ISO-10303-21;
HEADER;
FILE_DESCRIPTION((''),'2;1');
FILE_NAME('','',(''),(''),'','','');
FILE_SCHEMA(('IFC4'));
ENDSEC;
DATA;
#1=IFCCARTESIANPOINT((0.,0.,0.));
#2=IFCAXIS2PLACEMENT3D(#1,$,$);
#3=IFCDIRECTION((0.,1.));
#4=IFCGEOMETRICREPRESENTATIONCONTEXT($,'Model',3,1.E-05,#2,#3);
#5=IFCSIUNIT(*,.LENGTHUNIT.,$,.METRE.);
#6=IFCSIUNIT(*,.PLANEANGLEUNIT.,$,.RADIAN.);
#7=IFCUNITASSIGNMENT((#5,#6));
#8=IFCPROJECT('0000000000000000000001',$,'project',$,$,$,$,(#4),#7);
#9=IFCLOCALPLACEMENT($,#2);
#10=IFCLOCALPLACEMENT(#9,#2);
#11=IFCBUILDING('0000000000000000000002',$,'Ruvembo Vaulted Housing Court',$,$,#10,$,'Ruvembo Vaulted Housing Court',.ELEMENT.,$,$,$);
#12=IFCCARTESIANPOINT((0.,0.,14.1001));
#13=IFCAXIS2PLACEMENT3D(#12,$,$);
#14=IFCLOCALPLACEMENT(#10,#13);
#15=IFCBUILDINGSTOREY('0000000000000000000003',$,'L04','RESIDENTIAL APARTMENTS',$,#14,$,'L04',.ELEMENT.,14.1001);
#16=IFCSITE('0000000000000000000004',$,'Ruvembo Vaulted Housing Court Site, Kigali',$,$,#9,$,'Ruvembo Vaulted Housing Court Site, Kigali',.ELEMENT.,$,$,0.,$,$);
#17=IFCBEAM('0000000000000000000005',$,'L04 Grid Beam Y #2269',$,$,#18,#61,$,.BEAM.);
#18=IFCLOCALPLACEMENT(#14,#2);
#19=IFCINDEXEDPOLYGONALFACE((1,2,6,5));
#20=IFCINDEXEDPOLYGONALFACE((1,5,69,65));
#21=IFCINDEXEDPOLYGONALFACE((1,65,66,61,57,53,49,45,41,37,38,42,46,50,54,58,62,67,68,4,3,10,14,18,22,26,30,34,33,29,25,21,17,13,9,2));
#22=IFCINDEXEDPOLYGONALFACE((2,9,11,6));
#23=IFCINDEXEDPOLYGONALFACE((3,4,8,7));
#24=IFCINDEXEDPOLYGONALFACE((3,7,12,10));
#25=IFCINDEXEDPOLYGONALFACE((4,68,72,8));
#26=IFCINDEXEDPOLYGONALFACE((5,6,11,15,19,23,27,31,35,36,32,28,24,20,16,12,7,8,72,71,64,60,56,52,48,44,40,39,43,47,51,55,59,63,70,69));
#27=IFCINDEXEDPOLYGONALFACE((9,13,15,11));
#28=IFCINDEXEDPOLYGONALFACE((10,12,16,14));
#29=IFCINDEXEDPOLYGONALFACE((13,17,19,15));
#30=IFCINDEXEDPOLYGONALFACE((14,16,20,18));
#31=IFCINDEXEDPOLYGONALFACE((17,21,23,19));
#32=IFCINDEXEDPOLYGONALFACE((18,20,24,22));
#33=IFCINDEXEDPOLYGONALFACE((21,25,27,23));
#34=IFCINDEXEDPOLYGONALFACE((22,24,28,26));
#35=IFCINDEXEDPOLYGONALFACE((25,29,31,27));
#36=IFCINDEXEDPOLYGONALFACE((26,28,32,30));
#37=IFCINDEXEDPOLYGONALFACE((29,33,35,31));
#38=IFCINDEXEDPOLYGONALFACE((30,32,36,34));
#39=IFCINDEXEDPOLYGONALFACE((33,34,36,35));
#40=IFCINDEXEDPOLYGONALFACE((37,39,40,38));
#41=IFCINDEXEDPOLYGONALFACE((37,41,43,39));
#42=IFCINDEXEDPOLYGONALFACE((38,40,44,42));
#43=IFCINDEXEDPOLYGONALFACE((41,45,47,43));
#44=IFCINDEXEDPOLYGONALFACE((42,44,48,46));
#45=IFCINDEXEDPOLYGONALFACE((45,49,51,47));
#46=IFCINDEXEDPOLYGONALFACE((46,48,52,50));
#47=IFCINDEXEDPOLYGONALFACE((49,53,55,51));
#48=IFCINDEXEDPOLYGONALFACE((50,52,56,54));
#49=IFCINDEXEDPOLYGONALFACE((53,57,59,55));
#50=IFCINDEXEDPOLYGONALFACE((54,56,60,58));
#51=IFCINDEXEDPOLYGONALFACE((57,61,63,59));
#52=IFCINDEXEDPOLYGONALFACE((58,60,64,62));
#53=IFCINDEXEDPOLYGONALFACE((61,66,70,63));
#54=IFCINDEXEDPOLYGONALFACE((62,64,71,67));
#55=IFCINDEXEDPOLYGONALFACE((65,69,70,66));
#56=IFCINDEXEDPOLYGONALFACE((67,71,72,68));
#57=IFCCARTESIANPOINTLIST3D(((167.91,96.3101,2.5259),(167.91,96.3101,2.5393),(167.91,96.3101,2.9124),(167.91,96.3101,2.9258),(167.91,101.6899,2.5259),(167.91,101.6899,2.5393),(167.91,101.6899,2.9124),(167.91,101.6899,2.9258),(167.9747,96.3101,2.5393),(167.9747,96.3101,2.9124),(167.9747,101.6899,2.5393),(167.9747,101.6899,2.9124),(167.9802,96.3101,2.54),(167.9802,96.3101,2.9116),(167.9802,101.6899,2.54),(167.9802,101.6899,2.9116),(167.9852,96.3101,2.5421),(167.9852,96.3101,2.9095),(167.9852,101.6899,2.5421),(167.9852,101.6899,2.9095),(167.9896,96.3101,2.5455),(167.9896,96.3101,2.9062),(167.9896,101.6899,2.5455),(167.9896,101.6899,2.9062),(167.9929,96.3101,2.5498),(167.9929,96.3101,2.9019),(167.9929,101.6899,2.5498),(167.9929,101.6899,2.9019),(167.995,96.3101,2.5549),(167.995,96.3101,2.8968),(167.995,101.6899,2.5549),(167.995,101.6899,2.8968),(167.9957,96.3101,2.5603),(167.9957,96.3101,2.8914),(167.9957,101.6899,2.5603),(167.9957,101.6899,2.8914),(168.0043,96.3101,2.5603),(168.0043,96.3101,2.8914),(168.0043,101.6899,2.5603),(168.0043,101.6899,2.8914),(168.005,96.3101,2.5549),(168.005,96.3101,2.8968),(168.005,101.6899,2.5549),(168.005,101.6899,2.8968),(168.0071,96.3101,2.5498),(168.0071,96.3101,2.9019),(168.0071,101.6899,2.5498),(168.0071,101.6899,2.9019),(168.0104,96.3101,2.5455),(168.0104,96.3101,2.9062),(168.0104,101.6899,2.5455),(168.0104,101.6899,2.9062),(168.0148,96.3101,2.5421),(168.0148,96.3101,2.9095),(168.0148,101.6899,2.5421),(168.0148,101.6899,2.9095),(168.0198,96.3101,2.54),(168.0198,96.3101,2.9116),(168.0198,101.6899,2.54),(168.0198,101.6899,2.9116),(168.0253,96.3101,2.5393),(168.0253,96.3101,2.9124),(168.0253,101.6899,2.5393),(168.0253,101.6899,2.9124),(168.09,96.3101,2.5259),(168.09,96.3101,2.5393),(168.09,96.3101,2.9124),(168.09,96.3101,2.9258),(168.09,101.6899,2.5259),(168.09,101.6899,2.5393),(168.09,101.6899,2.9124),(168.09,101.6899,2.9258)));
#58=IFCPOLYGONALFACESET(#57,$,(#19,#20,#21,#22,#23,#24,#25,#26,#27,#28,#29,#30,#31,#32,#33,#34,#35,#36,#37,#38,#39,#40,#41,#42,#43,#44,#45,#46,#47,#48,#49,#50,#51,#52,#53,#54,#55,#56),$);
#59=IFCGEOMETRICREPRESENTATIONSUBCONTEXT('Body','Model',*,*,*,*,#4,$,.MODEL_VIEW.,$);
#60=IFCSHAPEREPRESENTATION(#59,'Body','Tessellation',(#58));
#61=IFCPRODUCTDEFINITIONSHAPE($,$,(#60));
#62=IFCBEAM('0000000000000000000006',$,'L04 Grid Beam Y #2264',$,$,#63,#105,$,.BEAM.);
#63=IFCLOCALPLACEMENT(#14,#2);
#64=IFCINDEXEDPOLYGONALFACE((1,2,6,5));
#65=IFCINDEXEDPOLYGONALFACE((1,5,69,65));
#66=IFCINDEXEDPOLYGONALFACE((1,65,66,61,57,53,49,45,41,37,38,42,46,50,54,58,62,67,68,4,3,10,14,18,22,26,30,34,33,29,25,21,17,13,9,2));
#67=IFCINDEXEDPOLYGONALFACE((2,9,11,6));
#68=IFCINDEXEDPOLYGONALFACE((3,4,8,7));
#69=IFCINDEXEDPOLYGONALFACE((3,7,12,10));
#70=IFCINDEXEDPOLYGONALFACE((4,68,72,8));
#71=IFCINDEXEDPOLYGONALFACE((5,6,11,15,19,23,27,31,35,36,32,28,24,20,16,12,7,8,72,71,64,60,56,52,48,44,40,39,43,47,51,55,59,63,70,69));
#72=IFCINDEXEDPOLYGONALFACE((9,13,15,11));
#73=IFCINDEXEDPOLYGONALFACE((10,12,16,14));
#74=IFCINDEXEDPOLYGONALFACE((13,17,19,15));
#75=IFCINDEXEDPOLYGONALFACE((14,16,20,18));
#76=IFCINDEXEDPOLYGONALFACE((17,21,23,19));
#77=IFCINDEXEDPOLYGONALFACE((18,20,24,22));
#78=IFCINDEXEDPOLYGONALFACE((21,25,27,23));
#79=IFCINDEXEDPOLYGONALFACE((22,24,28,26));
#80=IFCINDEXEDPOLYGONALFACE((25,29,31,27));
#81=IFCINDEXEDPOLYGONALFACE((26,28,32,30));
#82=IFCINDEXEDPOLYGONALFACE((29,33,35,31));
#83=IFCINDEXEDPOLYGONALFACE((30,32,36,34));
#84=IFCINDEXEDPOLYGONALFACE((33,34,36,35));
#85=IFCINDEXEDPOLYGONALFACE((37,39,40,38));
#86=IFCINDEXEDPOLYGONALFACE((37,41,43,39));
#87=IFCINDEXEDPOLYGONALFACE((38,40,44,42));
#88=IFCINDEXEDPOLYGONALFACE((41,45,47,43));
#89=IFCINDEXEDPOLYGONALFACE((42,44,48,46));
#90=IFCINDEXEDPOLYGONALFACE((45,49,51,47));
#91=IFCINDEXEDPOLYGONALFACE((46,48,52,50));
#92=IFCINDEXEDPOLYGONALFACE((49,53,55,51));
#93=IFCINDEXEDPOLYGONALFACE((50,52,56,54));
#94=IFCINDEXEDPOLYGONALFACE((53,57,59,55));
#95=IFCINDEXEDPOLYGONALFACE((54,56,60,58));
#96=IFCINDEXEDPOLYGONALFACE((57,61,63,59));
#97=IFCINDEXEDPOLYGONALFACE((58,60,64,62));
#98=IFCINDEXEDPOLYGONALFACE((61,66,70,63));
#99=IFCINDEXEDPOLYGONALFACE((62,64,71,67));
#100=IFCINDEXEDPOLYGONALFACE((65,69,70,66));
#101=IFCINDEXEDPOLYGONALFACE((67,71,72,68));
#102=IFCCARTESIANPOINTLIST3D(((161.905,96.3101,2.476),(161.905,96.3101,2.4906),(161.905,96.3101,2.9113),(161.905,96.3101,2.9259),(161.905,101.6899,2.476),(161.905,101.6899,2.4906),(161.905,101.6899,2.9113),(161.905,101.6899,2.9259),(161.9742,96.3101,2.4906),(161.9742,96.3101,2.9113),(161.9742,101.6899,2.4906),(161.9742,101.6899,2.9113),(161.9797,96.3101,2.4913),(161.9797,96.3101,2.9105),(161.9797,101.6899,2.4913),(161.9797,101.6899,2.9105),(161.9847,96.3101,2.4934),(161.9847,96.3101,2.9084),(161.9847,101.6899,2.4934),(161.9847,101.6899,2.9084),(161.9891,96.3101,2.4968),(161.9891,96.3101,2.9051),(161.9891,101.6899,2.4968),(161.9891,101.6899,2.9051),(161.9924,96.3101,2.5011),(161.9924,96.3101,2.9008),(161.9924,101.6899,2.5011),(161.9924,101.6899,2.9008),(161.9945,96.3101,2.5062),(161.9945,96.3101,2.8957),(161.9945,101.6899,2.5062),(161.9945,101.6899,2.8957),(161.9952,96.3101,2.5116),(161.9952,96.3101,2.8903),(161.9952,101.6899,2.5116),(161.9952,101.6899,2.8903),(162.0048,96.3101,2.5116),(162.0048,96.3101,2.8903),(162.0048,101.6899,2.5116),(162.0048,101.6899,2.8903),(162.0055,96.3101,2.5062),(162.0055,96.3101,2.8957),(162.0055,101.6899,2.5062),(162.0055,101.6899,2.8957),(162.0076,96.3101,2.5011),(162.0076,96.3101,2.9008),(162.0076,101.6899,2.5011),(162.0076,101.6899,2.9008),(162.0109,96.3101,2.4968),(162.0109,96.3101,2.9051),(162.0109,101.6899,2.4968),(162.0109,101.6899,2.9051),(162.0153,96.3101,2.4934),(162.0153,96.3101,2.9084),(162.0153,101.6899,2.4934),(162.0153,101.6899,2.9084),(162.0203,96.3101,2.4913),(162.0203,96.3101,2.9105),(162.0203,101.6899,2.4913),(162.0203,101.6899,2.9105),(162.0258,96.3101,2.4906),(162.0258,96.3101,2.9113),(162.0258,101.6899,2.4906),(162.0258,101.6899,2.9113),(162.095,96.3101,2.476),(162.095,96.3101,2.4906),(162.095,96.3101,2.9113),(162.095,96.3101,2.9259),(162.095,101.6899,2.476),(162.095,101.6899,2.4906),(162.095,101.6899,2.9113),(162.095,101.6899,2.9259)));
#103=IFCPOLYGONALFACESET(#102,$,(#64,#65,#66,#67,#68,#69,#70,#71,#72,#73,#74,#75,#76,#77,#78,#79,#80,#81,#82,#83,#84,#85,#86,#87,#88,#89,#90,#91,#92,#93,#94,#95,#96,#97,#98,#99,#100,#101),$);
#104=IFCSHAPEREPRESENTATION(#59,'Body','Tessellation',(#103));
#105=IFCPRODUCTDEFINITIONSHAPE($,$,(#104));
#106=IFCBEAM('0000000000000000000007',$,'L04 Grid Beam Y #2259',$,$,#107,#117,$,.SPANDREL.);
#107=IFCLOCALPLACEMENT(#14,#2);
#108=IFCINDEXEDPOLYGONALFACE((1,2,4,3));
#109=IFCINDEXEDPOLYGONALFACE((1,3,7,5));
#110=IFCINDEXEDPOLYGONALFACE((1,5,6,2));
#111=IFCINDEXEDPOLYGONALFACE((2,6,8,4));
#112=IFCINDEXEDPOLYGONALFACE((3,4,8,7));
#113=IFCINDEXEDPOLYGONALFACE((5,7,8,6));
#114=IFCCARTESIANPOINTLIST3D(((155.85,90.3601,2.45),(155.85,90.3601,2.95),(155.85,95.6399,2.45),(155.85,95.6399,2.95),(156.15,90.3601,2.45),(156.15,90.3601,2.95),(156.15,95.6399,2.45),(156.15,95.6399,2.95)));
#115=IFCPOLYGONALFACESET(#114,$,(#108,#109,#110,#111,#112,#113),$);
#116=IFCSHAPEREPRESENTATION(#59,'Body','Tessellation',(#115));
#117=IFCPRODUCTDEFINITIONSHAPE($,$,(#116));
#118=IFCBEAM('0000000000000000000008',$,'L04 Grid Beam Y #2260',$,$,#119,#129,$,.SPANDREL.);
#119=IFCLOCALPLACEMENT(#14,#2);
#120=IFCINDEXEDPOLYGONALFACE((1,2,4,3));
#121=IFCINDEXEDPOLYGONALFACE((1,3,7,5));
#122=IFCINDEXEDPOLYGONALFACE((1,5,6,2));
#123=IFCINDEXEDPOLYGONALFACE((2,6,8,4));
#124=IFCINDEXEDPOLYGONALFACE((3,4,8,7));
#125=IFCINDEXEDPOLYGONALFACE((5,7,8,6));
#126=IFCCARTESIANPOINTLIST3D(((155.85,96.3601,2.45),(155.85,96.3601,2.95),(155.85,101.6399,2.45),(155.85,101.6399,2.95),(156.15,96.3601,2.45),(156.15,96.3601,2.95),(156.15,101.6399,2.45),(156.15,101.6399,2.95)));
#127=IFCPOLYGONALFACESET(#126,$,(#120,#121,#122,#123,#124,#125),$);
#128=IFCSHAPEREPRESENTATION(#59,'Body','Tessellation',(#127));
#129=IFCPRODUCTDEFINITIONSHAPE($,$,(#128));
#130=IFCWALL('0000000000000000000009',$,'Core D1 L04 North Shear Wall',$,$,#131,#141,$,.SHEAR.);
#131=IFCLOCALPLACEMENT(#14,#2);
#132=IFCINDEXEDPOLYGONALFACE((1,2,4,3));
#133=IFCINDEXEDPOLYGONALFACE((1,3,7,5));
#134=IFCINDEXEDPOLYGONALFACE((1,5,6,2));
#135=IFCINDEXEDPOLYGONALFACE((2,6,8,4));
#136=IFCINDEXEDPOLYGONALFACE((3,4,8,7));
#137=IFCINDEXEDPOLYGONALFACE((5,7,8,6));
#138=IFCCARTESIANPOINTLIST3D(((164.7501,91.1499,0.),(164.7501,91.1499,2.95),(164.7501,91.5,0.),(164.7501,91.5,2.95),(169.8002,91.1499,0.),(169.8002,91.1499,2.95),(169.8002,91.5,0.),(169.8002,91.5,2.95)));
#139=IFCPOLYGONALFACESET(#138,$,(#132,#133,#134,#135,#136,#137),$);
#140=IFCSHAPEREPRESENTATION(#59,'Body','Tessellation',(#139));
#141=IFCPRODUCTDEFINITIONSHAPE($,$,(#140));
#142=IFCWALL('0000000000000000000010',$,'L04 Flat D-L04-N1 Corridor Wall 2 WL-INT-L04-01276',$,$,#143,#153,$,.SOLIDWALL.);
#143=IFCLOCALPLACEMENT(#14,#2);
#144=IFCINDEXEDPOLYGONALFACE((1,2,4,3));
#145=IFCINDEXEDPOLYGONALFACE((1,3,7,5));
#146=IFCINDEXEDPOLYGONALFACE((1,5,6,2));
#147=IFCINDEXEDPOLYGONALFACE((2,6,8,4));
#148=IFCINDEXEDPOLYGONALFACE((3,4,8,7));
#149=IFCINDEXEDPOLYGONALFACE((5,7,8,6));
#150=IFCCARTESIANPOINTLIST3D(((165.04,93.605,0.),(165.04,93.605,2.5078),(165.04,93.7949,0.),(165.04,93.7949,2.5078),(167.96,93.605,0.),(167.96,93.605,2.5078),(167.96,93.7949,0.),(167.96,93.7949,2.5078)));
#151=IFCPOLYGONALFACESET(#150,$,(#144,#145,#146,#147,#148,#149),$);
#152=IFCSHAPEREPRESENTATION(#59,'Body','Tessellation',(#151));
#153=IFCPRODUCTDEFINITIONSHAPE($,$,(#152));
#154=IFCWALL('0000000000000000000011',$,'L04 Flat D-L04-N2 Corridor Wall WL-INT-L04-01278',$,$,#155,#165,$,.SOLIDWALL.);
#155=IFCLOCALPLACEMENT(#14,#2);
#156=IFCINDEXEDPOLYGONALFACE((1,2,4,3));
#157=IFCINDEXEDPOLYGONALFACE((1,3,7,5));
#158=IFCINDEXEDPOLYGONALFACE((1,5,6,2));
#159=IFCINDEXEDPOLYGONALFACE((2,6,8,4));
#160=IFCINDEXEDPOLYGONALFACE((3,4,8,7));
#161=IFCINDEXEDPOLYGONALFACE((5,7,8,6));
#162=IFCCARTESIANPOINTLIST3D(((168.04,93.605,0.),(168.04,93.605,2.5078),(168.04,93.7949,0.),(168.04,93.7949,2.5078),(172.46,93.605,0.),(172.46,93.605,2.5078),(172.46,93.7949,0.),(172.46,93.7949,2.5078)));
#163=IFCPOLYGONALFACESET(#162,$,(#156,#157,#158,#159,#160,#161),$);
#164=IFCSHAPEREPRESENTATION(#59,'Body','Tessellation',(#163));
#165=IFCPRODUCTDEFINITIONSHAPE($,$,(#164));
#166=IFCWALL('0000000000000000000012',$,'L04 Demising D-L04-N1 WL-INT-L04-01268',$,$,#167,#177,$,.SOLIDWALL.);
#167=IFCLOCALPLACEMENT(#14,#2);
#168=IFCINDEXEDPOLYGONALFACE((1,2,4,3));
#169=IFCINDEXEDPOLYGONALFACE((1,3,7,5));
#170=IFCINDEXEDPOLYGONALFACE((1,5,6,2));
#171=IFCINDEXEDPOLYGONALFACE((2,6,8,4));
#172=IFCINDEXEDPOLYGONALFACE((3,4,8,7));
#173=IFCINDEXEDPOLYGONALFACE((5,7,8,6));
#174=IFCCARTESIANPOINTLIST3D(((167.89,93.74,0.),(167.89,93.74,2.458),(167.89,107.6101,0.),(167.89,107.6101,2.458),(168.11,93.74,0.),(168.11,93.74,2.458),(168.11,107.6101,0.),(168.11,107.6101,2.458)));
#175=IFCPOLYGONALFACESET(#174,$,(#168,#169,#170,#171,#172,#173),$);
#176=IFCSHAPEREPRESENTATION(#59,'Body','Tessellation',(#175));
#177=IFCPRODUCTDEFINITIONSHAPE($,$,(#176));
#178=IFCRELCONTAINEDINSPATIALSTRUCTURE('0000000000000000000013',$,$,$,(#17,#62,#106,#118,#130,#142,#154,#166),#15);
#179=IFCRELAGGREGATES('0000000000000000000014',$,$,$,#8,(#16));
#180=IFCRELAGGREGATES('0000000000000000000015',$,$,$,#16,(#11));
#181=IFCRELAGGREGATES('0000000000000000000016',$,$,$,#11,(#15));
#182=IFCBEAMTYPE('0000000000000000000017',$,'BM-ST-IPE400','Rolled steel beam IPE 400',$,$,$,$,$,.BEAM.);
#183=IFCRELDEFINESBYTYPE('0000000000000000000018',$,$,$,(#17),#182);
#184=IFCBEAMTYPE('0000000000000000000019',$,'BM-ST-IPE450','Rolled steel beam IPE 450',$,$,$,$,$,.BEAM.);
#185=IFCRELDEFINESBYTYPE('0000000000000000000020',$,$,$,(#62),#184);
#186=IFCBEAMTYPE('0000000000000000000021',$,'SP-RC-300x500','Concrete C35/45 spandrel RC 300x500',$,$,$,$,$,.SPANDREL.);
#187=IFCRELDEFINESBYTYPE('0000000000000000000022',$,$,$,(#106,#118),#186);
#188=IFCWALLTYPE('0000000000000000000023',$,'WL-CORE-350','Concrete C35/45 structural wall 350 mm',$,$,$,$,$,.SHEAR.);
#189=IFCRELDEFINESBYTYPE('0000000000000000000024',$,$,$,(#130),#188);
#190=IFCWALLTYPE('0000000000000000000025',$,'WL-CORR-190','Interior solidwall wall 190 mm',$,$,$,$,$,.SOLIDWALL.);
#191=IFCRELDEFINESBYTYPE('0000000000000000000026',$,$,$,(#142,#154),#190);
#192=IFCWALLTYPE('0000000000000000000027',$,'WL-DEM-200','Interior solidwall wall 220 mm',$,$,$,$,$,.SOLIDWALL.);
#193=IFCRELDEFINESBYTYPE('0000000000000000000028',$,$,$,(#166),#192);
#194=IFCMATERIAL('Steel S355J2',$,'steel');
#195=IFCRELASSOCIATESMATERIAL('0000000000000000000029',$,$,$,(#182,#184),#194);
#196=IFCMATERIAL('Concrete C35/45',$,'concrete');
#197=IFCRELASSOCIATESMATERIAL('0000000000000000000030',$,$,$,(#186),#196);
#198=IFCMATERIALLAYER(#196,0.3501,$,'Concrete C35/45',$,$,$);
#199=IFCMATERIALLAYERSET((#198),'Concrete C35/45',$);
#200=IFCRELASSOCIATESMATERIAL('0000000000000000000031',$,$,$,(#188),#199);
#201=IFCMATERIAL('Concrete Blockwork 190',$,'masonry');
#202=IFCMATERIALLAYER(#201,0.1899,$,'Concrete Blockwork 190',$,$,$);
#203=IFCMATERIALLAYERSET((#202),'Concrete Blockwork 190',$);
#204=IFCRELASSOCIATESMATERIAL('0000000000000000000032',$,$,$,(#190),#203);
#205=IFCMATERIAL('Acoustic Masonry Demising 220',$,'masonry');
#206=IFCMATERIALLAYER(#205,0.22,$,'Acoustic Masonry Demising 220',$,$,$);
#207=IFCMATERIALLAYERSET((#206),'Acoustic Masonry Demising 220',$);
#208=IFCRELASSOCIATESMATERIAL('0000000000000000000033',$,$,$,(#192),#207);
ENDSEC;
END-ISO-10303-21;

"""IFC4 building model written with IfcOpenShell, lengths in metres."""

from ifc_helpers import new_model, si_unit, direction, frame, frame_2d, origin, origin_2d, place, context, subcontext, project, spatial, rectangle, i_section, extrude, material, layer, layer_set, material_profile, profile_set, type_object, element, save


model = new_model("IFC4")

# Units and contexts
model_context = context("Model", 3, precision=1e-05, world=origin(), true_north=direction((0.0, 1.0)))
body_context = subcontext(model_context, "Body", "Model", "MODEL_VIEW")
ifc_project = project(units=[si_unit("LENGTHUNIT", "METRE"), si_unit("PLANEANGLEUNIT", "RADIAN")], contexts=[model_context])

# Site, building, storey
site_placement = place(None, origin())
site = spatial("IfcSite", under=ifc_project, at=site_placement, Name="Ruvembo Vaulted Housing Court Site, Kigali", LongName="Ruvembo Vaulted Housing Court Site, Kigali", CompositionType="ELEMENT", RefElevation=0.0)
building_placement = place(site_placement, origin())
building = spatial("IfcBuilding", under=site, at=building_placement, Name="Ruvembo Vaulted Housing Court", LongName="Ruvembo Vaulted Housing Court", CompositionType="ELEMENT")
storey_placement = place(building_placement, frame((0.0, 0.0, 14.1001)))
storey = spatial("IfcBuildingStorey", under=building, at=storey_placement, Name="L04", Description="RESIDENTIAL APARTMENTS", LongName="L04", CompositionType="ELEMENT", Elevation=14.1001)

# Beams
ifc_material_1 = material(Name="Steel S355J2", Category="steel")
ifc_material_profile_1 = material_profile(ifc_material_1, i_section(OverallWidth=0.1799, OverallDepth=0.3999, WebThickness=0.0085, FlangeThickness=0.0134, FilletRadius=0.021, at=origin_2d()), Name="IPE 400")
ifc_profile_set_1 = profile_set([ifc_material_profile_1], Name="Steel S355J2")
beam_type_1 = type_object("IfcBeamType", Name="BM-ST-IPE400", Description="Rolled steel beam IPE 400", PredefinedType="BEAM", material=ifc_profile_set_1)
beam_1_placement = place(storey_placement, frame((168.0, 96.3101, 2.7258), z_axis=(0.0, 1.0, 0.0), x_axis=(-1.0, 0.0, 0.0)))
element("IfcBeam", 1, at=beam_1_placement, inside=storey, type_object=beam_type_1, Name="L04 Grid Beam Y #2269", PredefinedType="BEAM", context=body_context, shape_type="SweptSolid", body=[
    extrude(i_section(OverallWidth=0.1799, OverallDepth=0.3999, WebThickness=0.0085, FlangeThickness=0.0134, FilletRadius=0.021, at=origin_2d()), origin(), (0.0, 0.0, 1.0), 5.3799),
])
ifc_material_profile_2 = material_profile(ifc_material_1, i_section(OverallWidth=0.1899, OverallDepth=0.45, WebThickness=0.0095, FlangeThickness=0.0146, FilletRadius=0.021, at=origin_2d()), Name="IPE 450")
ifc_profile_set_2 = profile_set([ifc_material_profile_2], Name="Steel S355J2")
beam_type_2 = type_object("IfcBeamType", Name="BM-ST-IPE450", Description="Rolled steel beam IPE 450", PredefinedType="BEAM", material=ifc_profile_set_2)
beam_2_placement = place(storey_placement, frame((162.0, 96.3101, 2.7009), z_axis=(0.0, 1.0, 0.0), x_axis=(-1.0, 0.0, 0.0)))
element("IfcBeam", 2, at=beam_2_placement, inside=storey, type_object=beam_type_2, Name="L04 Grid Beam Y #2264", PredefinedType="BEAM", context=body_context, shape_type="SweptSolid", body=[
    extrude(i_section(OverallWidth=0.1899, OverallDepth=0.45, WebThickness=0.0095, FlangeThickness=0.0146, FilletRadius=0.021, at=origin_2d()), origin(), (0.0, 0.0, 1.0), 5.3799),
])
ifc_material_2 = material(Name="Concrete C35/45", Category="concrete")
ifc_material_profile_3 = material_profile(ifc_material_2, rectangle(XDim=0.3, YDim=0.5, at=origin_2d()), Name="RC 300x500")
ifc_profile_set_3 = profile_set([ifc_material_profile_3], Name="Concrete C35/45")
beam_type_3 = type_object("IfcBeamType", Name="SP-RC-300x500", Description="Concrete C35/45 spandrel RC 300x500", PredefinedType="SPANDREL", material=ifc_profile_set_3)
for number, where, z_axis, x_axis, name in (
    (3, (156.0, 90.3601, 2.7), (0.0, 1.0, 0.0), (-1.0, 0.0, 0.0), "L04 Grid Beam Y #2259"),
    (4, (156.0, 96.3601, 2.7), (0.0, 1.0, 0.0), (-1.0, 0.0, 0.0), "L04 Grid Beam Y #2260"),
):
    element("IfcBeam", number, at=place(storey_placement, frame(where, z_axis=z_axis, x_axis=x_axis)), inside=storey, type_object=beam_type_3, Name=name, PredefinedType="SPANDREL", context=body_context, shape_type="SweptSolid", body=[
        extrude(rectangle(XDim=0.3, YDim=0.5, at=origin_2d()), origin(), (0.0, 0.0, 1.0), 5.2798),
    ])

# Walls
ifc_layer_1 = layer(ifc_material_2, 0.3501, Name="Concrete C35/45")
ifc_layer_set_1 = layer_set([ifc_layer_1], Name="Concrete C35/45")
wall_type_1 = type_object("IfcWallType", Name="WL-CORE-350", Description="Concrete C35/45 structural wall 350 mm", PredefinedType="SHEAR", material=ifc_layer_set_1)
wall_1_placement = place(storey_placement, frame((169.8, 91.325, 0.0), z_axis=(0.0, 0.0, 1.0), x_axis=(-1.0, 0.0, 0.0)))
element("IfcWall", 5, at=wall_1_placement, inside=storey, type_object=wall_type_1, Name="Core D1 L04 North Shear Wall", PredefinedType="SHEAR", context=body_context, shape_type="SweptSolid", body=[
    extrude(rectangle(XDim=5.05, YDim=0.3501, at=frame_2d((2.5249, 0.0))), origin(), (0.0, 0.0, 1.0), 2.95),
])
ifc_material_3 = material(Name="Concrete Blockwork 190", Category="masonry")
ifc_layer_2 = layer(ifc_material_3, 0.1899, Name="Concrete Blockwork 190")
ifc_layer_set_2 = layer_set([ifc_layer_2], Name="Concrete Blockwork 190")
wall_type_2 = type_object("IfcWallType", Name="WL-CORR-190", Description="Interior solidwall wall 190 mm", PredefinedType="SOLIDWALL", material=ifc_layer_set_2)
wall_2_placement = place(storey_placement, frame((165.04, 93.7, 0.0), z_axis=(0.0, 0.0, 1.0), x_axis=(1.0, 0.0, 0.0)))
element("IfcWall", 6, at=wall_2_placement, inside=storey, type_object=wall_type_2, Name="L04 Flat D-L04-N1 Corridor Wall 2 WL-INT-L04-01276", PredefinedType="SOLIDWALL", context=body_context, shape_type="SweptSolid", body=[
    extrude(rectangle(XDim=2.9199, YDim=0.1899, at=frame_2d((1.46, 0.0))), origin(), (0.0, 0.0, 1.0), 2.5078),
])
wall_3_placement = place(storey_placement, frame((168.04, 93.7, 0.0), z_axis=(0.0, 0.0, 1.0), x_axis=(1.0, 0.0, 0.0)))
element("IfcWall", 7, at=wall_3_placement, inside=storey, type_object=wall_type_2, Name="L04 Flat D-L04-N2 Corridor Wall WL-INT-L04-01278", PredefinedType="SOLIDWALL", context=body_context, shape_type="SweptSolid", body=[
    extrude(rectangle(XDim=4.4199, YDim=0.1899, at=frame_2d((2.21, 0.0))), origin(), (0.0, 0.0, 1.0), 2.5078),
])
ifc_material_4 = material(Name="Acoustic Masonry Demising 220", Category="masonry")
ifc_layer_3 = layer(ifc_material_4, 0.22, Name="Acoustic Masonry Demising 220")
ifc_layer_set_3 = layer_set([ifc_layer_3], Name="Acoustic Masonry Demising 220")
wall_type_3 = type_object("IfcWallType", Name="WL-DEM-200", Description="Interior solidwall wall 220 mm", PredefinedType="SOLIDWALL", material=ifc_layer_set_3)
wall_4_placement = place(storey_placement, frame((168.0, 93.74, 0.0), z_axis=(0.0, 0.0, 1.0), x_axis=(0.0, 1.0, 0.0)))
element("IfcWall", 8, at=wall_4_placement, inside=storey, type_object=wall_type_3, Name="L04 Demising D-L04-N1 WL-INT-L04-01268", PredefinedType="SOLIDWALL", context=body_context, shape_type="SweptSolid", body=[
    extrude(rectangle(XDim=13.8701, YDim=0.22, at=frame_2d((6.9351, 0.0))), origin(), (0.0, 0.0, 1.0), 2.458),
])

save(model, "model.ifc")
